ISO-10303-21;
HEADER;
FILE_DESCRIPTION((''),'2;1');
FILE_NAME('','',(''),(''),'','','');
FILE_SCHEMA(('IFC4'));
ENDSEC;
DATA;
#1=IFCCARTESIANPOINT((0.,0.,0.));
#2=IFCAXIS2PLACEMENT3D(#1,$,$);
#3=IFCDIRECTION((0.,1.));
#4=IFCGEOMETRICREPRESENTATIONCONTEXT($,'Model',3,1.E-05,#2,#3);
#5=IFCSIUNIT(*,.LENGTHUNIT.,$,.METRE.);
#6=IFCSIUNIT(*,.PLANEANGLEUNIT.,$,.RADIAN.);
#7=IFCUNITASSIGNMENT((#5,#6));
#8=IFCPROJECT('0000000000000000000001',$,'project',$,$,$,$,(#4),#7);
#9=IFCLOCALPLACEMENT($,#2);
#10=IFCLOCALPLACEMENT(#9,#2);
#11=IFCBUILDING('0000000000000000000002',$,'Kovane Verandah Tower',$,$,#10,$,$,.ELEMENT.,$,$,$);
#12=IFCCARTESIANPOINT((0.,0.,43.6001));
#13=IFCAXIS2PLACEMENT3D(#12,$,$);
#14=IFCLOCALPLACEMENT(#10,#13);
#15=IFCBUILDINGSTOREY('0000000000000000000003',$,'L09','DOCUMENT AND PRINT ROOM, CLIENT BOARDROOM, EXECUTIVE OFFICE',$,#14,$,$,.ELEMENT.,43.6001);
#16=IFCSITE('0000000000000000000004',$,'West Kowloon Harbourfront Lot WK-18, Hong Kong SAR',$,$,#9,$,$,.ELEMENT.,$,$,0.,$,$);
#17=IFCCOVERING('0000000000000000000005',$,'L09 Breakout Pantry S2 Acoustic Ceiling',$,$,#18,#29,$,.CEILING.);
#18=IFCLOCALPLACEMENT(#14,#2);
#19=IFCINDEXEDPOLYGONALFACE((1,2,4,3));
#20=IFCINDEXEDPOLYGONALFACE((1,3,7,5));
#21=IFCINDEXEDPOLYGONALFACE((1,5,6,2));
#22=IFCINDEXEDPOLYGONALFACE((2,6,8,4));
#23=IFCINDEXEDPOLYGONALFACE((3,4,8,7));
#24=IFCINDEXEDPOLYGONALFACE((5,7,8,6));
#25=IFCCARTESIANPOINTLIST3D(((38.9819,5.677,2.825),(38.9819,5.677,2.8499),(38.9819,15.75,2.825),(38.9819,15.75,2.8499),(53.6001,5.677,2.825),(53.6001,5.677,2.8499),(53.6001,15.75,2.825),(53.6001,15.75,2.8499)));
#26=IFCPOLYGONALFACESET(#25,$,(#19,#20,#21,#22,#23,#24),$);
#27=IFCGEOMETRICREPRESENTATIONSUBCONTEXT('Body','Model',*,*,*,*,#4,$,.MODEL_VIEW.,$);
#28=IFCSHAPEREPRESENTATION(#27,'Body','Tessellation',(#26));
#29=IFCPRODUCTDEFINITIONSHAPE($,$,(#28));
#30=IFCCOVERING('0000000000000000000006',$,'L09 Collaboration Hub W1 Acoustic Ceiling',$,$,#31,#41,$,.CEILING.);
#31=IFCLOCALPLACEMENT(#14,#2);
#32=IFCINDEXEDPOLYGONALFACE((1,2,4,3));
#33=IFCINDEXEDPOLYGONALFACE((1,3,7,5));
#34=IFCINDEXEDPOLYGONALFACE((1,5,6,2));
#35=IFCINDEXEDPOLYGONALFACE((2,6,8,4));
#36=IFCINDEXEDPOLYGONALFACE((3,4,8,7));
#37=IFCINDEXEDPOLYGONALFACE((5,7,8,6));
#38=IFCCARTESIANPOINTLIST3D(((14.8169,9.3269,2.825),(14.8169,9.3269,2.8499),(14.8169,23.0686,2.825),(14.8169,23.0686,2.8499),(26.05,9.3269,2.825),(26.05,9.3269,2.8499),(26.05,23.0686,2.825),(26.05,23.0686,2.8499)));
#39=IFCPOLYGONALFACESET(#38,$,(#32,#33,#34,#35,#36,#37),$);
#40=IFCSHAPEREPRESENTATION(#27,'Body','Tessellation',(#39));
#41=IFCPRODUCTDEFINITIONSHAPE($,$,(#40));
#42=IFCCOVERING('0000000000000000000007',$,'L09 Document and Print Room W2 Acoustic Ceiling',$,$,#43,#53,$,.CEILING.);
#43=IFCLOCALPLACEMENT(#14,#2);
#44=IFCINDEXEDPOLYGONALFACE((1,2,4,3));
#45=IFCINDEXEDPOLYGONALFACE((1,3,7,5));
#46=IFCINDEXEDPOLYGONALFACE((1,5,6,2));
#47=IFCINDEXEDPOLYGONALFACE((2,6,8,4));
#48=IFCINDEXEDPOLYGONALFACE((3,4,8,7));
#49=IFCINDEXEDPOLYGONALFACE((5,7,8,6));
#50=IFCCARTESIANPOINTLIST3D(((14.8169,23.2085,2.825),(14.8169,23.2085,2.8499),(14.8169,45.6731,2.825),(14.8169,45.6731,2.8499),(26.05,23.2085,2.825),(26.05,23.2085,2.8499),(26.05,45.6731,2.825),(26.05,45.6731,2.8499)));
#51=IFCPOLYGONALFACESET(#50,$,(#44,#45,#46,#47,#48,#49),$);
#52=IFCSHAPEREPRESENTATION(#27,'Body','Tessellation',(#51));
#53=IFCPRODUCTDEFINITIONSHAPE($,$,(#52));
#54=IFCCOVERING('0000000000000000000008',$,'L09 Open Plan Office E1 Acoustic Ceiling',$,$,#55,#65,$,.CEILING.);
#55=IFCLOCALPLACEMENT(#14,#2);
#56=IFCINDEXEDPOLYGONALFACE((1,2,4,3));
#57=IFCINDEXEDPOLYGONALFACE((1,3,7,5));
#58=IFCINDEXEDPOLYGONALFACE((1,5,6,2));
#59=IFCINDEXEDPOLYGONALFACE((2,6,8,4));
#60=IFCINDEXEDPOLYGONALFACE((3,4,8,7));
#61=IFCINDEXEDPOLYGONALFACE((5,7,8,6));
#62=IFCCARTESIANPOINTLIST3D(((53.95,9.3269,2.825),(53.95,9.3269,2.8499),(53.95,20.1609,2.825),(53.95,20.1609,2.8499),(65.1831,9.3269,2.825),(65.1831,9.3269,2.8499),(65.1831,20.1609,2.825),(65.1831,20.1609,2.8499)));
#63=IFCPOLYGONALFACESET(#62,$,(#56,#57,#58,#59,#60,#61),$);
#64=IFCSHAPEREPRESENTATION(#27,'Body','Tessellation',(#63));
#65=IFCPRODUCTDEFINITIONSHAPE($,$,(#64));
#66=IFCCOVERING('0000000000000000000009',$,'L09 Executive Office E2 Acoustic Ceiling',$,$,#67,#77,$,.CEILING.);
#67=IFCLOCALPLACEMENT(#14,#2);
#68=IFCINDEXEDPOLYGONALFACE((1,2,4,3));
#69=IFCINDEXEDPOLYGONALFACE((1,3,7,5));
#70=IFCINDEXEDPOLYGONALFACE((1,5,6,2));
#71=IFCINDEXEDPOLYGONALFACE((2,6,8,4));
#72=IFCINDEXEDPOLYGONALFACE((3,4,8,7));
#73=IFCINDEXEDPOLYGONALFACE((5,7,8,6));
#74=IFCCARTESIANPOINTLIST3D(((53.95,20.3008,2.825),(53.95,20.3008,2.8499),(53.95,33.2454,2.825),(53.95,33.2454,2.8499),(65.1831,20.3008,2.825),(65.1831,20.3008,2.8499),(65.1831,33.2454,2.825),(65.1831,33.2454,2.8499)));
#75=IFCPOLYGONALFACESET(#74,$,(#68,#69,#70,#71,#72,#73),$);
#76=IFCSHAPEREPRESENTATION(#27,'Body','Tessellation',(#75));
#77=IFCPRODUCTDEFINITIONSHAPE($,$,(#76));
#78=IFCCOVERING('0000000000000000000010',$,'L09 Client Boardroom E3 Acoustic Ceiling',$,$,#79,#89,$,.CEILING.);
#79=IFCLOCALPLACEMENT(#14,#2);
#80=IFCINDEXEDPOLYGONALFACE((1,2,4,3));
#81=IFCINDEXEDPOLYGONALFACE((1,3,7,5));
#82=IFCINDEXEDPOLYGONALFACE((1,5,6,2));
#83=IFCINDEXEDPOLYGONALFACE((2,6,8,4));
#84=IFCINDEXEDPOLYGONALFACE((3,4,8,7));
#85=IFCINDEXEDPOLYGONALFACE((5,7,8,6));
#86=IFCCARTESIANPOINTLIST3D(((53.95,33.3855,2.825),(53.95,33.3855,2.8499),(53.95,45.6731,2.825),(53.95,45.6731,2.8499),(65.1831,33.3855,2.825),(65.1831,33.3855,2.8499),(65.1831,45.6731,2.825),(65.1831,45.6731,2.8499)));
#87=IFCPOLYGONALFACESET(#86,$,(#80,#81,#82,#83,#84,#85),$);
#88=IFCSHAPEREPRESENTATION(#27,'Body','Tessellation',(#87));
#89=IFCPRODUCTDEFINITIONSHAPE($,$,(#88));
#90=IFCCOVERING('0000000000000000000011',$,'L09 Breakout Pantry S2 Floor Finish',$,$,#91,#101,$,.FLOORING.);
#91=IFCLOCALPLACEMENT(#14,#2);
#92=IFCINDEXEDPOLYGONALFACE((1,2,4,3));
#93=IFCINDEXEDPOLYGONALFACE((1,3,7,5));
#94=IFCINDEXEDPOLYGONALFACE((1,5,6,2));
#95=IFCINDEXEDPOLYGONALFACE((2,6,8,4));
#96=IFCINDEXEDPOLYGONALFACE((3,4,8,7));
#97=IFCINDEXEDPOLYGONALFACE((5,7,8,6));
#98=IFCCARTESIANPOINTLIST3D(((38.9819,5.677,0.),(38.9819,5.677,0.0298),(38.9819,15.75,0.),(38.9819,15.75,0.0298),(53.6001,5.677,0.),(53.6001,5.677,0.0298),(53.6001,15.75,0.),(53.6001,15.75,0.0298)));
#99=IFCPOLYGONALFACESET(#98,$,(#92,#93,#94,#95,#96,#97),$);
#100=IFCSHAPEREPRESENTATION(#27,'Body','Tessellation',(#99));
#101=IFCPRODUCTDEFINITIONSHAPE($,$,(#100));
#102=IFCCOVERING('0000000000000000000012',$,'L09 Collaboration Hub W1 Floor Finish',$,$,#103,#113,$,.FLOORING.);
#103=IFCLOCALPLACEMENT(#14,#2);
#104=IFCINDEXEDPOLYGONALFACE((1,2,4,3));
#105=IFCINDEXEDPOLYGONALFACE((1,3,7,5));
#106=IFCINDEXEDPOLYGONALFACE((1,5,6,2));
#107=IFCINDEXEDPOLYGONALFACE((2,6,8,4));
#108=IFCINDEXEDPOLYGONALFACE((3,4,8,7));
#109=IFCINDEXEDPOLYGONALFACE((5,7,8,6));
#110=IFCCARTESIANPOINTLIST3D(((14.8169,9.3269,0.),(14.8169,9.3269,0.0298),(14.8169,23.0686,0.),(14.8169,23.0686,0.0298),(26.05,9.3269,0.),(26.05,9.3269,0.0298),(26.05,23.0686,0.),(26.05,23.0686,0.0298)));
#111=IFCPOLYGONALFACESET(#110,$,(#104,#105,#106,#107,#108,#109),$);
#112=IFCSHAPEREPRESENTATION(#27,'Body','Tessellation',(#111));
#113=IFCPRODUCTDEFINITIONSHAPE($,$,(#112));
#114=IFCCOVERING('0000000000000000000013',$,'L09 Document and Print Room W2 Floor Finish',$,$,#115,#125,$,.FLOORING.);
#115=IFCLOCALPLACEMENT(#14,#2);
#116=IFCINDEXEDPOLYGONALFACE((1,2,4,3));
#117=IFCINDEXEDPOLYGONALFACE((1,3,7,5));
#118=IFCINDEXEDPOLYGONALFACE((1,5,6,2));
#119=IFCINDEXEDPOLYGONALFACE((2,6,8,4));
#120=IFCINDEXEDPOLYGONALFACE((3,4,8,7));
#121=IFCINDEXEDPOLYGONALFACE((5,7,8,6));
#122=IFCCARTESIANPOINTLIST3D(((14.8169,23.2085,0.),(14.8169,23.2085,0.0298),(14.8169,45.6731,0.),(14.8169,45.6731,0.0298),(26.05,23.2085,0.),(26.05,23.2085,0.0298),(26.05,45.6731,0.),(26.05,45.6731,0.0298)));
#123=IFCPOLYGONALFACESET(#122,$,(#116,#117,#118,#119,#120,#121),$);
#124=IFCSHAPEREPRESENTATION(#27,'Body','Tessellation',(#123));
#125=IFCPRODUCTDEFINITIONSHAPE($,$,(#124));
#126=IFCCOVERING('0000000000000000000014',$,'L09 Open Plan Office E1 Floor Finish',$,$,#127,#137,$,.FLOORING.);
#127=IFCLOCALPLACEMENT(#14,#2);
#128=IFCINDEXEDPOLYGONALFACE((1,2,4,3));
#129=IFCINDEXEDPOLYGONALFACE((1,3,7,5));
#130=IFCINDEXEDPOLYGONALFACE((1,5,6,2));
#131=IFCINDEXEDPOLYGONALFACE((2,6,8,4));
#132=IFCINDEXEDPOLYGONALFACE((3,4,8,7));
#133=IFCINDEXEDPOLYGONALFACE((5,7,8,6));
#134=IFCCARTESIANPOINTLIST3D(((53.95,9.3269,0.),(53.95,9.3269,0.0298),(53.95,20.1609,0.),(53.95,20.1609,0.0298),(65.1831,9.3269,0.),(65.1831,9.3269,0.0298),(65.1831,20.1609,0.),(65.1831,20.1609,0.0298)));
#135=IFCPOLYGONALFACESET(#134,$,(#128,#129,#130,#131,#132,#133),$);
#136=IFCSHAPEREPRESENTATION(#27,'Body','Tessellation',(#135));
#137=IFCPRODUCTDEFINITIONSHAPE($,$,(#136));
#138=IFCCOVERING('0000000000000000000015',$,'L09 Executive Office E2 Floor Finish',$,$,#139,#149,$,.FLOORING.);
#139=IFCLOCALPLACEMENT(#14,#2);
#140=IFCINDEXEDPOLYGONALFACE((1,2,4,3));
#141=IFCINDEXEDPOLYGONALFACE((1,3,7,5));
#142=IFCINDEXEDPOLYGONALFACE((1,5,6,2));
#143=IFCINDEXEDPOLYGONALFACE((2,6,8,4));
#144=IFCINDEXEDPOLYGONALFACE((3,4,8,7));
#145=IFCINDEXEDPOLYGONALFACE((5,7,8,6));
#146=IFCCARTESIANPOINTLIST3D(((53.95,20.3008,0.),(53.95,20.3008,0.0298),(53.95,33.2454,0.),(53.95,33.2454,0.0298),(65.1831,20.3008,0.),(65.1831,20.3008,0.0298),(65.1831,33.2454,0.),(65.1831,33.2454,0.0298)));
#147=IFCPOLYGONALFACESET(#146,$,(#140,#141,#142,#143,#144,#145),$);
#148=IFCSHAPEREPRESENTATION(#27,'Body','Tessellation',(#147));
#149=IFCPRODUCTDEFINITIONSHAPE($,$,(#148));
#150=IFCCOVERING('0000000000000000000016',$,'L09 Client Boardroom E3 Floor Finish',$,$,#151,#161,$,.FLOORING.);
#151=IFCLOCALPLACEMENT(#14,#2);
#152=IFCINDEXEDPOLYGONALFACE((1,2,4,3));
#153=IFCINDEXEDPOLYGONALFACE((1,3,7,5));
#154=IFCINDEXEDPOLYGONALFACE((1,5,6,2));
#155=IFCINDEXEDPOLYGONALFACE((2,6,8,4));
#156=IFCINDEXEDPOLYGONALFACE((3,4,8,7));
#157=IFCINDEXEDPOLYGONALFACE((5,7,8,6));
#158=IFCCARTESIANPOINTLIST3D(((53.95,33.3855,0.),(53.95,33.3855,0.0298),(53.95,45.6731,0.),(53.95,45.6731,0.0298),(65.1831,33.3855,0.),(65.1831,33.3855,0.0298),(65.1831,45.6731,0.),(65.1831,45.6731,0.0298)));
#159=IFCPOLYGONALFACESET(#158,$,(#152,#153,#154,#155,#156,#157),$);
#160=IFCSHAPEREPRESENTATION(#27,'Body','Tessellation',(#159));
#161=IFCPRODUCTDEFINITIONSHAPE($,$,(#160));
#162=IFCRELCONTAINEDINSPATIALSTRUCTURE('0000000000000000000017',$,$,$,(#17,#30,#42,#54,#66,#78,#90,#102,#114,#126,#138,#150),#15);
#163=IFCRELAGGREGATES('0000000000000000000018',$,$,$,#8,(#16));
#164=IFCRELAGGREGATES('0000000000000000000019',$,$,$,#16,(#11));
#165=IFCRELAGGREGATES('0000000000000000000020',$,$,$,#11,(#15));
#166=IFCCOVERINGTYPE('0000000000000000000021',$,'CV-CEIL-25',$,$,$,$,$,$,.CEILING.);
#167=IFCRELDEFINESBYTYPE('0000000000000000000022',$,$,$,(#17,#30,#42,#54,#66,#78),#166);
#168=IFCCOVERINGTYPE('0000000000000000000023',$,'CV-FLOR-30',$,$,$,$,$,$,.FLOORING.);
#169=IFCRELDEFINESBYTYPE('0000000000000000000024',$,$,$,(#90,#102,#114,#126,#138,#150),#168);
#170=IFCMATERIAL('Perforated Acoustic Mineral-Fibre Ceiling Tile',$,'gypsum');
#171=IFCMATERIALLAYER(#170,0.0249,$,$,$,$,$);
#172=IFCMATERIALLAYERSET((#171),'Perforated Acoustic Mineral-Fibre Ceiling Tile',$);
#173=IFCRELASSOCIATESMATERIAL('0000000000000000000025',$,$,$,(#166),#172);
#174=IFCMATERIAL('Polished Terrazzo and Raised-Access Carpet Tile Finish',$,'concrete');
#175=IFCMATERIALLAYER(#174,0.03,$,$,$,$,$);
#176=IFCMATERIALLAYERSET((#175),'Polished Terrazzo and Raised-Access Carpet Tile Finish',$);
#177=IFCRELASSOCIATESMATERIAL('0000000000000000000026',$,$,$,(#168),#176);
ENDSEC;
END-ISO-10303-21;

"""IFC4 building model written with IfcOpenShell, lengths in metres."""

from ifc_helpers import new_model, si_unit, direction, frame, origin, place, context, subcontext, project, spatial, polyline, outline, extrude, material, layer, layer_set, type_object, element, save


model = new_model("IFC4")

# Units and contexts
model_context = context("Model", 3, precision=1e-05, world=origin(), true_north=direction((0.0, 1.0)))
body_context = subcontext(model_context, "Body", "Model", "MODEL_VIEW")
ifc_project = project(units=[si_unit("LENGTHUNIT", "METRE"), si_unit("PLANEANGLEUNIT", "RADIAN")], contexts=[model_context])

# Site, building, storey
site_placement = place(None, origin())
site = spatial("IfcSite", under=ifc_project, at=site_placement, Name="West Kowloon Harbourfront Lot WK-18, Hong Kong SAR", CompositionType="ELEMENT", RefElevation=0.0)
building_placement = place(site_placement, origin())
building = spatial("IfcBuilding", under=site, at=building_placement, Name="Kovane Verandah Tower", CompositionType="ELEMENT")
storey_placement = place(building_placement, frame((0.0, 0.0, 43.6001)))
storey = spatial("IfcBuildingStorey", under=building, at=storey_placement, Name="L09", Description="DOCUMENT AND PRINT ROOM, CLIENT BOARDROOM, EXECUTIVE OFFICE", CompositionType="ELEMENT", Elevation=43.6001)

# Coverings
ifc_material_1 = material(Name="Perforated Acoustic Mineral-Fibre Ceiling Tile", Category="gypsum")
ifc_layer_1 = layer(ifc_material_1, 0.0249)
ifc_layer_set_1 = layer_set([ifc_layer_1], Name="Perforated Acoustic Mineral-Fibre Ceiling Tile")
covering_type_1 = type_object("IfcCoveringType", Name="CV-CEIL-25", PredefinedType="CEILING", material=ifc_layer_set_1)
covering_1_placement = place(storey_placement, frame((0.0, 0.0, 2.825)))
element("IfcCovering", 1, at=covering_1_placement, inside=storey, type_object=covering_type_1, Name="L09 Breakout Pantry S2 Acoustic Ceiling", PredefinedType="CEILING", context=body_context, shape_type="SweptSolid", body=[
    extrude(outline(polyline([(38.9819, 5.677), (53.6001, 5.677), (53.6001, 15.75), (38.9819, 15.75), (38.9819, 5.677)])), origin(), (0.0, 0.0, 1.0), 0.0249),
])
covering_2_placement = place(storey_placement, frame((0.0, 0.0, 2.825)))
element("IfcCovering", 2, at=covering_2_placement, inside=storey, type_object=covering_type_1, Name="L09 Collaboration Hub W1 Acoustic Ceiling", PredefinedType="CEILING", context=body_context, shape_type="SweptSolid", body=[
    extrude(outline(polyline([(14.8169, 9.3269), (26.05, 9.3269), (26.05, 23.0686), (14.8169, 23.0686), (14.8169, 9.3269)])), origin(), (0.0, 0.0, 1.0), 0.0249),
])
covering_3_placement = place(storey_placement, frame((0.0, 0.0, 2.825)))
element("IfcCovering", 3, at=covering_3_placement, inside=storey, type_object=covering_type_1, Name="L09 Document and Print Room W2 Acoustic Ceiling", PredefinedType="CEILING", context=body_context, shape_type="SweptSolid", body=[
    extrude(outline(polyline([(14.8169, 23.2085), (26.05, 23.2085), (26.05, 45.6731), (14.8169, 45.6731), (14.8169, 23.2085)])), origin(), (0.0, 0.0, 1.0), 0.0249),
])
covering_4_placement = place(storey_placement, frame((0.0, 0.0, 2.825)))
element("IfcCovering", 4, at=covering_4_placement, inside=storey, type_object=covering_type_1, Name="L09 Open Plan Office E1 Acoustic Ceiling", PredefinedType="CEILING", context=body_context, shape_type="SweptSolid", body=[
    extrude(outline(polyline([(53.95, 9.3269), (65.1831, 9.3269), (65.1831, 20.1609), (53.95, 20.1609), (53.95, 9.3269)])), origin(), (0.0, 0.0, 1.0), 0.0249),
])
covering_5_placement = place(storey_placement, frame((0.0, 0.0, 2.825)))
element("IfcCovering", 5, at=covering_5_placement, inside=storey, type_object=covering_type_1, Name="L09 Executive Office E2 Acoustic Ceiling", PredefinedType="CEILING", context=body_context, shape_type="SweptSolid", body=[
    extrude(outline(polyline([(53.95, 20.3008), (65.1831, 20.3008), (65.1831, 33.2454), (53.95, 33.2454), (53.95, 20.3008)])), origin(), (0.0, 0.0, 1.0), 0.0249),
])
covering_6_placement = place(storey_placement, frame((0.0, 0.0, 2.825)))
element("IfcCovering", 6, at=covering_6_placement, inside=storey, type_object=covering_type_1, Name="L09 Client Boardroom E3 Acoustic Ceiling", PredefinedType="CEILING", context=body_context, shape_type="SweptSolid", body=[
    extrude(outline(polyline([(53.95, 33.3855), (65.1831, 33.3855), (65.1831, 45.6731), (53.95, 45.6731), (53.95, 33.3855)])), origin(), (0.0, 0.0, 1.0), 0.0249),
])
ifc_material_2 = material(Name="Polished Terrazzo and Raised-Access Carpet Tile Finish", Category="concrete")
ifc_layer_2 = layer(ifc_material_2, 0.03)
ifc_layer_set_2 = layer_set([ifc_layer_2], Name="Polished Terrazzo and Raised-Access Carpet Tile Finish")
covering_type_2 = type_object("IfcCoveringType", Name="CV-FLOR-30", PredefinedType="FLOORING", material=ifc_layer_set_2)
covering_7_placement = place(storey_placement, origin())
element("IfcCovering", 7, at=covering_7_placement, inside=storey, type_object=covering_type_2, Name="L09 Breakout Pantry S2 Floor Finish", PredefinedType="FLOORING", context=body_context, shape_type="SweptSolid", body=[
    extrude(outline(polyline([(38.9819, 5.677), (53.6001, 5.677), (53.6001, 15.75), (38.9819, 15.75), (38.9819, 5.677)])), origin(), (0.0, 0.0, 1.0), 0.0298),
])
covering_8_placement = place(storey_placement, origin())
element("IfcCovering", 8, at=covering_8_placement, inside=storey, type_object=covering_type_2, Name="L09 Collaboration Hub W1 Floor Finish", PredefinedType="FLOORING", context=body_context, shape_type="SweptSolid", body=[
    extrude(outline(polyline([(14.8169, 9.3269), (26.05, 9.3269), (26.05, 23.0686), (14.8169, 23.0686), (14.8169, 9.3269)])), origin(), (0.0, 0.0, 1.0), 0.0298),
])
covering_9_placement = place(storey_placement, origin())
element("IfcCovering", 9, at=covering_9_placement, inside=storey, type_object=covering_type_2, Name="L09 Document and Print Room W2 Floor Finish", PredefinedType="FLOORING", context=body_context, shape_type="SweptSolid", body=[
    extrude(outline(polyline([(14.8169, 23.2085), (26.05, 23.2085), (26.05, 45.6731), (14.8169, 45.6731), (14.8169, 23.2085)])), origin(), (0.0, 0.0, 1.0), 0.0298),
])
covering_10_placement = place(storey_placement, origin())
element("IfcCovering", 10, at=covering_10_placement, inside=storey, type_object=covering_type_2, Name="L09 Open Plan Office E1 Floor Finish", PredefinedType="FLOORING", context=body_context, shape_type="SweptSolid", body=[
    extrude(outline(polyline([(53.95, 9.3269), (65.1831, 9.3269), (65.1831, 20.1609), (53.95, 20.1609), (53.95, 9.3269)])), origin(), (0.0, 0.0, 1.0), 0.0298),
])
covering_11_placement = place(storey_placement, origin())
element("IfcCovering", 11, at=covering_11_placement, inside=storey, type_object=covering_type_2, Name="L09 Executive Office E2 Floor Finish", PredefinedType="FLOORING", context=body_context, shape_type="SweptSolid", body=[
    extrude(outline(polyline([(53.95, 20.3008), (65.1831, 20.3008), (65.1831, 33.2454), (53.95, 33.2454), (53.95, 20.3008)])), origin(), (0.0, 0.0, 1.0), 0.0298),
])
covering_12_placement = place(storey_placement, origin())
element("IfcCovering", 12, at=covering_12_placement, inside=storey, type_object=covering_type_2, Name="L09 Client Boardroom E3 Floor Finish", PredefinedType="FLOORING", context=body_context, shape_type="SweptSolid", body=[
    extrude(outline(polyline([(53.95, 33.3855), (65.1831, 33.3855), (65.1831, 45.6731), (53.95, 45.6731), (53.95, 33.3855)])), origin(), (0.0, 0.0, 1.0), 0.0298),
])

save(model, "model.ifc")
